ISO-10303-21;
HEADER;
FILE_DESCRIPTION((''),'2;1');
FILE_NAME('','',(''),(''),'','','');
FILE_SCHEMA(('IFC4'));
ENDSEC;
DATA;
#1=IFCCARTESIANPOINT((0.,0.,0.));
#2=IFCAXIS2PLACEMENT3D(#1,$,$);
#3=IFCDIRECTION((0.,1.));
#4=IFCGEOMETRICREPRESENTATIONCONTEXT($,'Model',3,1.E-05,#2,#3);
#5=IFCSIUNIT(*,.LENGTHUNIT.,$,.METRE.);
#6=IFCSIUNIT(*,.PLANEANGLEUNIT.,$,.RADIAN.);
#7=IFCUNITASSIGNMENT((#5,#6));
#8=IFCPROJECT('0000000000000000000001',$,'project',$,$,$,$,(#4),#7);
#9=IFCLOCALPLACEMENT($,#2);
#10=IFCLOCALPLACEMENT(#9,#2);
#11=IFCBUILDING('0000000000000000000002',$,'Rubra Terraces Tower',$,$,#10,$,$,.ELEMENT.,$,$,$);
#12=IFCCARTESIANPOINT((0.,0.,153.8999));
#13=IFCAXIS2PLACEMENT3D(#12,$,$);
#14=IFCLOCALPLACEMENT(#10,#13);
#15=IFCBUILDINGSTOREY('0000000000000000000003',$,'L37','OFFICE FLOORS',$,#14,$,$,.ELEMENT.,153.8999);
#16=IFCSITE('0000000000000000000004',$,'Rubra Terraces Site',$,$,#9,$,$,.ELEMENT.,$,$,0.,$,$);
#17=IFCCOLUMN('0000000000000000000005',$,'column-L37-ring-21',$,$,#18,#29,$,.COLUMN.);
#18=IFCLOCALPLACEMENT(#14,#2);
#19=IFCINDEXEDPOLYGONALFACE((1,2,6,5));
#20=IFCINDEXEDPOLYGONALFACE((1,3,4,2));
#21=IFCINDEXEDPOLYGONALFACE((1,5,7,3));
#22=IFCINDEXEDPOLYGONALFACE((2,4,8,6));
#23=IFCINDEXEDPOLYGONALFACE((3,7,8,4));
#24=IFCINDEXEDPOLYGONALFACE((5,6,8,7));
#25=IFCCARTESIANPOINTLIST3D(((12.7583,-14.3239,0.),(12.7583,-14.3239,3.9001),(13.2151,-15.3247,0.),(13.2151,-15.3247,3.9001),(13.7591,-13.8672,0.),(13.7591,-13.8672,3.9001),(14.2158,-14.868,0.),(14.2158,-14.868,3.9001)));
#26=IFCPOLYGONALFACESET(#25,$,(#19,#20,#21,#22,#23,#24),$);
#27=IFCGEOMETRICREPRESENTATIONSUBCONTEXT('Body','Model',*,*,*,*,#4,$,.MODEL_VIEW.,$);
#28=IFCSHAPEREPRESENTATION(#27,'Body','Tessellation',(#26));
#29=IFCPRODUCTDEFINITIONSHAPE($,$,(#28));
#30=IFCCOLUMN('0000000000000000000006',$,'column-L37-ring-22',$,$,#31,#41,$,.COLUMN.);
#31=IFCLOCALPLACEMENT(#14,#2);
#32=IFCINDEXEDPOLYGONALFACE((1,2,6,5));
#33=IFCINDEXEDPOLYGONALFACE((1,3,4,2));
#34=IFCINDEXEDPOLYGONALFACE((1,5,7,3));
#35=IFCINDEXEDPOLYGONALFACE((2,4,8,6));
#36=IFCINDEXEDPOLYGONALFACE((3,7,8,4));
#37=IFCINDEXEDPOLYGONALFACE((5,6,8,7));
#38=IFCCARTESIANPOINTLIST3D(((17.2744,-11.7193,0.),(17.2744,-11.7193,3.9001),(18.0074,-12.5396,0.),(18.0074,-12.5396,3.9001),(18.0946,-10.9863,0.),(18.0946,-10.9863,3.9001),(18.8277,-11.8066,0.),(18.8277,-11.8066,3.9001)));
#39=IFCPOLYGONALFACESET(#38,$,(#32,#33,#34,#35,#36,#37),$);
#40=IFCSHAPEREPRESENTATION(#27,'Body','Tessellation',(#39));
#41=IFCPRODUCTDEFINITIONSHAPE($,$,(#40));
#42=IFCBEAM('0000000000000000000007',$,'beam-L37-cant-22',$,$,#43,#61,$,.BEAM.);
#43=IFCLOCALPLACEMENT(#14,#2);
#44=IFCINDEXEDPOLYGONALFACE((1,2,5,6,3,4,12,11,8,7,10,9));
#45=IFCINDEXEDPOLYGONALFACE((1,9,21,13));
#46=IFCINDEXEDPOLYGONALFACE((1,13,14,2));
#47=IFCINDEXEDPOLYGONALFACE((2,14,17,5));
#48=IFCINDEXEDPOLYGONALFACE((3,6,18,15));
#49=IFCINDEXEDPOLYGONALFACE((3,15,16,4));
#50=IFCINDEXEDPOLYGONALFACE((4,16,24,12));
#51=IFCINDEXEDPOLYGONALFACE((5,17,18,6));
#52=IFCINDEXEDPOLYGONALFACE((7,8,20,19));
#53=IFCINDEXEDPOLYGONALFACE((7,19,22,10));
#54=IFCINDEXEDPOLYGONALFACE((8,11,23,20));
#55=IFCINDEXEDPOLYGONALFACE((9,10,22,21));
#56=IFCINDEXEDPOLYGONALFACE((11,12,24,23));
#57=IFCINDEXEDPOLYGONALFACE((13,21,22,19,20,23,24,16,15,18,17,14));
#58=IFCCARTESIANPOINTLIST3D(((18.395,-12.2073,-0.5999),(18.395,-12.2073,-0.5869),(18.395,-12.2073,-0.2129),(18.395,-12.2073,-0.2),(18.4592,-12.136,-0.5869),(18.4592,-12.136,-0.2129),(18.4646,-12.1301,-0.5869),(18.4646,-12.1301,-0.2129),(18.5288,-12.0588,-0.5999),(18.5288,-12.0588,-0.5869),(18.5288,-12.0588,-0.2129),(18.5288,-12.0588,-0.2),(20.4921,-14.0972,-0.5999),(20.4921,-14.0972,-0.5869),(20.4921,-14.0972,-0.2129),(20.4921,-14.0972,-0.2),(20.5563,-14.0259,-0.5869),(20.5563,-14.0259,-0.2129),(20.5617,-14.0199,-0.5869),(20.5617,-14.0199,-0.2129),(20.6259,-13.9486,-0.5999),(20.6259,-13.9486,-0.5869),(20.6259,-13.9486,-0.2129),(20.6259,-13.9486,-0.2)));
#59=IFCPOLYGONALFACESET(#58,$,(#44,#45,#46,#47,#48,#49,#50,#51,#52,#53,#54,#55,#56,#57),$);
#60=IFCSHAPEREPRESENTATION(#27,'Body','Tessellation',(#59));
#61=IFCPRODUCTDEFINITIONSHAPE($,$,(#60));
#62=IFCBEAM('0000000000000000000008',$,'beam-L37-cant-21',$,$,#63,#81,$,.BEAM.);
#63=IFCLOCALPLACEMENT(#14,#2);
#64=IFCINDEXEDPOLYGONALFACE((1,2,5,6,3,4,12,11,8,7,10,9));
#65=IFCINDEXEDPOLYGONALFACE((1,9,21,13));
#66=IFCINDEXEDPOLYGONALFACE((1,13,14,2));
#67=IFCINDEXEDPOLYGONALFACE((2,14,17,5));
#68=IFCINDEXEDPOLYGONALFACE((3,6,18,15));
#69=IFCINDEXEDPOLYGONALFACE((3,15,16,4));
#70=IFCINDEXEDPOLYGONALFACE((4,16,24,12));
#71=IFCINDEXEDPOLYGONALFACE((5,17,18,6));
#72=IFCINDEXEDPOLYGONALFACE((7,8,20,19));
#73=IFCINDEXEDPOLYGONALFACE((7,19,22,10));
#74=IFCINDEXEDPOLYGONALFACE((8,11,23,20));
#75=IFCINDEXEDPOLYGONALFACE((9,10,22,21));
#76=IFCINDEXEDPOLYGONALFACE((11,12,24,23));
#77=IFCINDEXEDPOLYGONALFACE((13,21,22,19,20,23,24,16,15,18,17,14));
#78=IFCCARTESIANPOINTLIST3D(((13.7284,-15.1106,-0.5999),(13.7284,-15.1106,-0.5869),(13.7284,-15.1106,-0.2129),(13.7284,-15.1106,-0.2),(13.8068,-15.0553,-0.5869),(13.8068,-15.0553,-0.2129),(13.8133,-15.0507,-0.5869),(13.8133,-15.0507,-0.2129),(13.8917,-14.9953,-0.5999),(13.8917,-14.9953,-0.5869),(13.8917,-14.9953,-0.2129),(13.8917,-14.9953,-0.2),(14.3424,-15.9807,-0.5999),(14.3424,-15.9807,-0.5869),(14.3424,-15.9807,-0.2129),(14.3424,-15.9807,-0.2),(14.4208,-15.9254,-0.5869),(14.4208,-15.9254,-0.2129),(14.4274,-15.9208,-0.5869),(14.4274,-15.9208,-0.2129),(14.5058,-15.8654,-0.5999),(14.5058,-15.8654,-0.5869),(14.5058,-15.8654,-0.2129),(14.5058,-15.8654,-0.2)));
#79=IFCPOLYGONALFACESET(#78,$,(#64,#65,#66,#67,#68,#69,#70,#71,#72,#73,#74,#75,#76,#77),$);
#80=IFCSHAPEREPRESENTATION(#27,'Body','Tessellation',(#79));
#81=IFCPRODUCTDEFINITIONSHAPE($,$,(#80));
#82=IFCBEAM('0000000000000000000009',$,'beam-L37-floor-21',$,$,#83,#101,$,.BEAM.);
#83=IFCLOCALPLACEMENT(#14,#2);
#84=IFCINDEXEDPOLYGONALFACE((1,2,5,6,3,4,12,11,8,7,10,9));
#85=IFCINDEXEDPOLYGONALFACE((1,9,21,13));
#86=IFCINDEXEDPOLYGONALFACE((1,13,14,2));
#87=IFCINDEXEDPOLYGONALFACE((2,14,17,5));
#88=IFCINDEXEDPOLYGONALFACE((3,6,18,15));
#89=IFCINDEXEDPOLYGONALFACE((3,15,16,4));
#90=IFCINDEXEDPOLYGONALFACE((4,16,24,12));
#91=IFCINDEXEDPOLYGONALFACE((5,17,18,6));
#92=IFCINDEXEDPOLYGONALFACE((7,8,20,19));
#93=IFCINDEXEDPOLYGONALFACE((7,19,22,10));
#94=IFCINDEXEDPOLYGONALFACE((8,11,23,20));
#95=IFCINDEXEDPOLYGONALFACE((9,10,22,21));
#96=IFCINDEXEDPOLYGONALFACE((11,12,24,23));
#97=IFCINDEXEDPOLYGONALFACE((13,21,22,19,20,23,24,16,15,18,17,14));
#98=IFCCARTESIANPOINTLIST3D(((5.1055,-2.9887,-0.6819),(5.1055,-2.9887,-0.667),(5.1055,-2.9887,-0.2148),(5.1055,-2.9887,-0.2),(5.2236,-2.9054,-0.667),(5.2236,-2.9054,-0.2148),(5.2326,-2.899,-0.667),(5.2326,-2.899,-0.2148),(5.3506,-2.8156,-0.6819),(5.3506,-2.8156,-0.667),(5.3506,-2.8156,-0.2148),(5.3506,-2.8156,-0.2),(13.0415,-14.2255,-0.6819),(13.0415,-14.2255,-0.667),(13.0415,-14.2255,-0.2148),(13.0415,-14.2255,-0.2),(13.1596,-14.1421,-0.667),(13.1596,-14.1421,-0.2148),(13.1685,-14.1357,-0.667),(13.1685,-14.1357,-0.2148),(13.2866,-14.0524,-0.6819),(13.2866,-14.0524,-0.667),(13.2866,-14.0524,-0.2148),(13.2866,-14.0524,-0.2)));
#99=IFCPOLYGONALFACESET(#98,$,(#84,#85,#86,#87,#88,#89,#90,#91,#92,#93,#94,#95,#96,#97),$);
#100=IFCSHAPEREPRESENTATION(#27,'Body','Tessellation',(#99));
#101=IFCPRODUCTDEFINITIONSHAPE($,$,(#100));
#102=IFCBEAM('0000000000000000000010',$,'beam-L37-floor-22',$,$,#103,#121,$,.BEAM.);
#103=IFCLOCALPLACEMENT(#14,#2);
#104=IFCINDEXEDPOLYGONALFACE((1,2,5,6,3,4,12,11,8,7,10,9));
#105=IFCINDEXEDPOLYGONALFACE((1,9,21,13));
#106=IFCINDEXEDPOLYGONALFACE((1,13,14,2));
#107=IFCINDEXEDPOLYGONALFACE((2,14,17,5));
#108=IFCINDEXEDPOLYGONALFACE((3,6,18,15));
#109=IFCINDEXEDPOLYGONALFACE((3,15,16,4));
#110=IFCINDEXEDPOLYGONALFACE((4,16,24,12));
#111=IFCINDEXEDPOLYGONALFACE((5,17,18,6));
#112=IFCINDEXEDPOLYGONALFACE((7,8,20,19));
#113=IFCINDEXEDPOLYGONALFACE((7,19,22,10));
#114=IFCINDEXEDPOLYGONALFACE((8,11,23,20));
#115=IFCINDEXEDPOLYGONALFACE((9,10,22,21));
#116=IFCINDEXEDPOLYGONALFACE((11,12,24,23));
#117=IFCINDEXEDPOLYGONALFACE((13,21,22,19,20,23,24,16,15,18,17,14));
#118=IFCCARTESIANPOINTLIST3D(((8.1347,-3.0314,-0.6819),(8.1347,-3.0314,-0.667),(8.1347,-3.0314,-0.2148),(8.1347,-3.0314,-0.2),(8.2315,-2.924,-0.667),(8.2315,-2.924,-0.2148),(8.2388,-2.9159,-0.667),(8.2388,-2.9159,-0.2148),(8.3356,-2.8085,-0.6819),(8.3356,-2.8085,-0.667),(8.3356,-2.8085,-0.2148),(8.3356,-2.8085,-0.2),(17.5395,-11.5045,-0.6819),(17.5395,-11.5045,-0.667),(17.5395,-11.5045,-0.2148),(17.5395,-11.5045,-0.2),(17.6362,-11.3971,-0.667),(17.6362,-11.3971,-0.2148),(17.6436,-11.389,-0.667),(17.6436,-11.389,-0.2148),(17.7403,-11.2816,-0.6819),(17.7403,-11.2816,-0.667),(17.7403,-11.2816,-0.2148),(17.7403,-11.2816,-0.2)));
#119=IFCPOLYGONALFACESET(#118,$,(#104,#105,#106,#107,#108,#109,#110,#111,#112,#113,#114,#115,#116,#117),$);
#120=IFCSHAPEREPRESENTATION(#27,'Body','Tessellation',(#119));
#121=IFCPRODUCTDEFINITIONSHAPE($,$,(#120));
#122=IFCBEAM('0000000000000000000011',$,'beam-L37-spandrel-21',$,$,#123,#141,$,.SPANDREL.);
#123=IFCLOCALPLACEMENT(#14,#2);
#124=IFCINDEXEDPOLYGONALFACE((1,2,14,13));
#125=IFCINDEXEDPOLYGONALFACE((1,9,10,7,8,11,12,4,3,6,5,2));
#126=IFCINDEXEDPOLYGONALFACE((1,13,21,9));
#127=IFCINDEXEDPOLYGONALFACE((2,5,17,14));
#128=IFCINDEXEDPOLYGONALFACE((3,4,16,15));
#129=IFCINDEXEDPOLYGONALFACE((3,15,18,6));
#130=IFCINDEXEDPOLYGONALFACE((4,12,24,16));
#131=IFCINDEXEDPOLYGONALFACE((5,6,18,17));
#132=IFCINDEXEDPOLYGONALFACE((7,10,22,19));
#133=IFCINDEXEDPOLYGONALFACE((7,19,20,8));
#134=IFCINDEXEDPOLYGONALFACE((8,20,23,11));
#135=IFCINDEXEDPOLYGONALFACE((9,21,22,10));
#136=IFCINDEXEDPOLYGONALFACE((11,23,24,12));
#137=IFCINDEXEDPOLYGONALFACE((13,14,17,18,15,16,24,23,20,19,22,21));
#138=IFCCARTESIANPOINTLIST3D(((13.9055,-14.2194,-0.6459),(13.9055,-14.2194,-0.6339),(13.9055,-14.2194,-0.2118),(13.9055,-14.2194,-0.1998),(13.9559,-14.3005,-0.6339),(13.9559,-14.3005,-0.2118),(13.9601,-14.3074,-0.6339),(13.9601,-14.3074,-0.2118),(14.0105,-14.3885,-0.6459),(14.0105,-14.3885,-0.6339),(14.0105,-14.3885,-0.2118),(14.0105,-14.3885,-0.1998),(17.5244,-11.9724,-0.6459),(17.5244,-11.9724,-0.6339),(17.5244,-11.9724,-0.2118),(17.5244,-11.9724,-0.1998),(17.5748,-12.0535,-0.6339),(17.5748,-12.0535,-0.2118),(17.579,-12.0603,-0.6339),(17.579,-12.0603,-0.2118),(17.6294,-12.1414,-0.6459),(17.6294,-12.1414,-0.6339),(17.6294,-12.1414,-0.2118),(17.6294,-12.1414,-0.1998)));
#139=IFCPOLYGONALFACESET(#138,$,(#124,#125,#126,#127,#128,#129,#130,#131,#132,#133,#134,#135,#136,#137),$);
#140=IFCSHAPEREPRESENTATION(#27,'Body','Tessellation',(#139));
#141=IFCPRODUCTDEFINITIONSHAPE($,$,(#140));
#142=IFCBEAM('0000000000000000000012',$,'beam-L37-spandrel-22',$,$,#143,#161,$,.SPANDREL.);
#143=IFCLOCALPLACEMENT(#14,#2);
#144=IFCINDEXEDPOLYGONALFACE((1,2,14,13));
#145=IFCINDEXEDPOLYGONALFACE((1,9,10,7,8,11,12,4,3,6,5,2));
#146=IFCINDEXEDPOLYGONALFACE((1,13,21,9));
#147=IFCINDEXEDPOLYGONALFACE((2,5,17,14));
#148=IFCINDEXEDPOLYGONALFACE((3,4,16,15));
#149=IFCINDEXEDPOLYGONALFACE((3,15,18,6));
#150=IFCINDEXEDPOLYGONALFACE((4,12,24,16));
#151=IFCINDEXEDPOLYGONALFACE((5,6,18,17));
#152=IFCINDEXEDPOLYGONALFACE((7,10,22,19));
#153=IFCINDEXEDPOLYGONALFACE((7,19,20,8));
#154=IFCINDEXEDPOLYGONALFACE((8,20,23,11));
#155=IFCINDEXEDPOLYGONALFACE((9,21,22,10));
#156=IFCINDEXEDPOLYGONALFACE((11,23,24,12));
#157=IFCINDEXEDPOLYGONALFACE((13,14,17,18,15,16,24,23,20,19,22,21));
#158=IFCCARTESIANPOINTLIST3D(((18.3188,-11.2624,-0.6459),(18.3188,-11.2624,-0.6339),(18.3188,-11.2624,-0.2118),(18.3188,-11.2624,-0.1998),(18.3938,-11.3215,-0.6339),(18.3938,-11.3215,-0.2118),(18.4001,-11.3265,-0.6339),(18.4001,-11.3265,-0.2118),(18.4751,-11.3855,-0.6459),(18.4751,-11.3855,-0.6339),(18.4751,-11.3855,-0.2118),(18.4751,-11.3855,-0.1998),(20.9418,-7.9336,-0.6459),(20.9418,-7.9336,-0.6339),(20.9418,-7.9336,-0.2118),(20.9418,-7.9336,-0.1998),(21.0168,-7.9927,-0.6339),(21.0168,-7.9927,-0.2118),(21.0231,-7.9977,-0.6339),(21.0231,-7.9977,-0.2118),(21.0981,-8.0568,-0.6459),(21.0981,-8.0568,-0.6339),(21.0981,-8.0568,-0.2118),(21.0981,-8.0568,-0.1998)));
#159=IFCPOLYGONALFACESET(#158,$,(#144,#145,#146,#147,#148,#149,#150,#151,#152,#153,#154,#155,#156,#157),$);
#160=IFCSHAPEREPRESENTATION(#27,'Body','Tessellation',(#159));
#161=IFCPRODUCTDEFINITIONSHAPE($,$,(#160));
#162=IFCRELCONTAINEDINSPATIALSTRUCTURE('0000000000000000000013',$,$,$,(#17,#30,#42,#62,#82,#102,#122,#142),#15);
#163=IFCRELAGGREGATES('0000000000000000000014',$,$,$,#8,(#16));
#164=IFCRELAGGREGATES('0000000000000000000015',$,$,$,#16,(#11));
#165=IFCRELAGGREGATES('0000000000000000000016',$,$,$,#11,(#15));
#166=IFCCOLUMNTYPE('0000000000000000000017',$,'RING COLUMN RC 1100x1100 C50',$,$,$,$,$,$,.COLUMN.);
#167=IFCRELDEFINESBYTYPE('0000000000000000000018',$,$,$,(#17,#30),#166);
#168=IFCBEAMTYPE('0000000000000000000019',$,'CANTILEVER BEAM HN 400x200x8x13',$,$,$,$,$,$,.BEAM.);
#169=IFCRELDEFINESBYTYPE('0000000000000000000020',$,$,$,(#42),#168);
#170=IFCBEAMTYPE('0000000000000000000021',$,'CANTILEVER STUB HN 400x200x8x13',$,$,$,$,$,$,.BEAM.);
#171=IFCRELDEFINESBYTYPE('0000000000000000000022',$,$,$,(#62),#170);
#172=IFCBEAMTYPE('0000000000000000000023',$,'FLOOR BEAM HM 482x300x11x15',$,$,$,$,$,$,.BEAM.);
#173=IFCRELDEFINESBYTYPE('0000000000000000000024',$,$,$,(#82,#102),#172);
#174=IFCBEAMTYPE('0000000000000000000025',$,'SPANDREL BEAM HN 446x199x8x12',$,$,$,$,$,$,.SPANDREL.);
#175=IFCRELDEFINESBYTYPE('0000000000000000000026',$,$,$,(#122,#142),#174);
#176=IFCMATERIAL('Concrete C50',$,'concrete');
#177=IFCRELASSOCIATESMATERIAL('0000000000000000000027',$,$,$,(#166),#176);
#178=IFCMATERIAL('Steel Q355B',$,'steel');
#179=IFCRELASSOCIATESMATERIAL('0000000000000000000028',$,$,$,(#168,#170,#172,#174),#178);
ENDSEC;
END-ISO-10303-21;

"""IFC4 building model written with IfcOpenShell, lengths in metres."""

from ifc_helpers import new_model, si_unit, direction, frame, origin, origin_2d, place, context, subcontext, project, spatial, rectangle, i_section, extrude, material, material_profile, profile_set, type_object, element, save


model = new_model("IFC4")

# Units and contexts
model_context = context("Model", 3, precision=1e-05, world=origin(), true_north=direction((0.0, 1.0)))
body_context = subcontext(model_context, "Body", "Model", "MODEL_VIEW")
ifc_project = project(units=[si_unit("LENGTHUNIT", "METRE"), si_unit("PLANEANGLEUNIT", "RADIAN")], contexts=[model_context])

# Site, building, storey
site_placement = place(None, origin())
site = spatial("IfcSite", under=ifc_project, at=site_placement, Name="Rubra Terraces Site", CompositionType="ELEMENT", RefElevation=0.0)
building_placement = place(site_placement, origin())
building = spatial("IfcBuilding", under=site, at=building_placement, Name="Rubra Terraces Tower", CompositionType="ELEMENT")
storey_placement = place(building_placement, frame((0.0, 0.0, 153.8999)))
storey = spatial("IfcBuildingStorey", under=building, at=storey_placement, Name="L37", Description="OFFICE FLOORS", CompositionType="ELEMENT", Elevation=153.8999)

# Columns
ifc_material_1 = material(Name="Concrete C50", Category="concrete")
ifc_material_profile_1 = material_profile(ifc_material_1, rectangle(XDim=1.1001, YDim=1.1001, at=origin_2d()), Name="RC 1100x1100")
ifc_profile_set_1 = profile_set([ifc_material_profile_1], Name="Concrete C50")
column_type = type_object("IfcColumnType", Name="RING COLUMN RC 1100x1100 C50", PredefinedType="COLUMN", material=ifc_profile_set_1)
for number, where, z_axis, x_axis, name in (
    (1, (13.4871, -14.5959, 0.0), (0.0, 0.0, 1.0), (0.909726, 0.415208, 0.0), "column-L37-ring-21"),
    (2, (18.051, -11.7629, 0.0), (0.0, 0.0, 1.0), (0.745642, 0.666347, 0.0), "column-L37-ring-22"),
):
    element("IfcColumn", number, at=place(storey_placement, frame(where, z_axis=z_axis, x_axis=x_axis)), inside=storey, type_object=column_type, Name=name, PredefinedType="COLUMN", context=body_context, shape_type="SweptSolid", body=[
        extrude(rectangle(XDim=1.1001, YDim=1.1001, at=origin_2d()), origin(), (0.0, 0.0, 1.0), 3.9001),
    ])

# Beams
ifc_material_2 = material(Name="Steel Q355B", Category="steel")
ifc_material_profile_2 = material_profile(ifc_material_2, i_section(OverallWidth=0.2, OverallDepth=0.3999, WebThickness=0.0081, FlangeThickness=0.0129, at=origin_2d()), Name="HN 400x200x8x13")
ifc_profile_set_2 = profile_set([ifc_material_profile_2], Name="Steel Q355B")
beam_type_1 = type_object("IfcBeamType", Name="CANTILEVER BEAM HN 400x200x8x13", PredefinedType="BEAM", material=ifc_profile_set_2)
beam_1_placement = place(storey_placement, frame((18.4619, -12.1331, -0.3999), z_axis=(0.742864, -0.669442, 0.0), x_axis=(0.669442, 0.742864, 0.0)))
element("IfcBeam", 3, at=beam_1_placement, inside=storey, type_object=beam_type_1, Name="beam-L37-cant-22", PredefinedType="BEAM", context=body_context, shape_type="SweptSolid", body=[
    extrude(i_section(OverallWidth=0.2, OverallDepth=0.3999, WebThickness=0.0081, FlangeThickness=0.0129, at=origin_2d()), origin(), (0.0, 0.0, 1.0), 2.823),
])
ifc_material_profile_3 = material_profile(ifc_material_2, i_section(OverallWidth=0.2, OverallDepth=0.3999, WebThickness=0.0081, FlangeThickness=0.0129, at=origin_2d()), Name="HN 400x200x8x13")
ifc_profile_set_3 = profile_set([ifc_material_profile_3], Name="Steel Q355B")
beam_type_2 = type_object("IfcBeamType", Name="CANTILEVER STUB HN 400x200x8x13", PredefinedType="BEAM", material=ifc_profile_set_3)
beam_2_placement = place(storey_placement, frame((13.8101, -15.053, -0.3999), z_axis=(0.576566, -0.81705, 0.0), x_axis=(0.81705, 0.576566, 0.0)))
element("IfcBeam", 4, at=beam_2_placement, inside=storey, type_object=beam_type_2, Name="beam-L37-cant-21", PredefinedType="BEAM", context=body_context, shape_type="SweptSolid", body=[
    extrude(i_section(OverallWidth=0.2, OverallDepth=0.3999, WebThickness=0.0081, FlangeThickness=0.0129, at=origin_2d()), origin(), (0.0, 0.0, 1.0), 1.0649),
])
ifc_material_profile_4 = material_profile(ifc_material_2, i_section(OverallWidth=0.3, OverallDepth=0.4819, WebThickness=0.011, FlangeThickness=0.0149, at=origin_2d()), Name="HM 482x300x11x15")
ifc_profile_set_4 = profile_set([ifc_material_profile_4], Name="Steel Q355B")
beam_type_3 = type_object("IfcBeamType", Name="FLOOR BEAM HM 482x300x11x15", PredefinedType="BEAM", material=ifc_profile_set_4)
beam_3_placement = place(storey_placement, frame((13.1641, -14.1389, -0.4409), z_axis=(-0.576885, 0.816825, 0.0), x_axis=(-0.816825, -0.576885, 0.0)))
element("IfcBeam", 5, at=beam_3_placement, inside=storey, type_object=beam_type_3, Name="beam-L37-floor-21", PredefinedType="BEAM", context=body_context, shape_type="SweptSolid", body=[
    extrude(i_section(OverallWidth=0.3, OverallDepth=0.4819, WebThickness=0.011, FlangeThickness=0.0149, at=origin_2d()), origin(), (0.0, 0.0, 1.0), 13.7566),
])
beam_4_placement = place(storey_placement, frame((17.6399, -11.3931, -0.4409), z_axis=(-0.742947, 0.66935, 0.0), x_axis=(-0.66935, -0.742947, 0.0)))
element("IfcBeam", 6, at=beam_4_placement, inside=storey, type_object=beam_type_3, Name="beam-L37-floor-22", PredefinedType="BEAM", context=body_context, shape_type="SweptSolid", body=[
    extrude(i_section(OverallWidth=0.3, OverallDepth=0.4819, WebThickness=0.011, FlangeThickness=0.0149, at=origin_2d()), origin(), (0.0, 0.0, 1.0), 12.6587),
])
ifc_material_profile_5 = material_profile(ifc_material_2, i_section(OverallWidth=0.199, OverallDepth=0.446, WebThickness=0.0081, FlangeThickness=0.012, at=origin_2d()), Name="HN 446x199x8x12")
ifc_profile_set_5 = profile_set([ifc_material_profile_5], Name="Steel Q355B")
beam_type_4 = type_object("IfcBeamType", Name="SPANDREL BEAM HN 446x199x8x12", PredefinedType="SPANDREL", material=ifc_profile_set_5)
beam_5_placement = place(storey_placement, frame((13.958, -14.304, -0.4229), z_axis=(0.84955, 0.527508, 0.0), x_axis=(-0.527508, 0.84955, 0.0)))
element("IfcBeam", 7, at=beam_5_placement, inside=storey, type_object=beam_type_4, Name="beam-L37-spandrel-21", PredefinedType="SPANDREL", context=body_context, shape_type="SweptSolid", body=[
    extrude(i_section(OverallWidth=0.199, OverallDepth=0.446, WebThickness=0.0081, FlangeThickness=0.012, at=origin_2d()), origin(), (0.0, 0.0, 1.0), 4.2598),
])
beam_6_placement = place(storey_placement, frame((18.397, -11.324, -0.4229), z_axis=(0.618917, 0.785456, 0.0), x_axis=(-0.785456, 0.618917, 0.0)))
element("IfcBeam", 8, at=beam_6_placement, inside=storey, type_object=beam_type_4, Name="beam-L37-spandrel-22", PredefinedType="SPANDREL", context=body_context, shape_type="SweptSolid", body=[
    extrude(i_section(OverallWidth=0.199, OverallDepth=0.446, WebThickness=0.0081, FlangeThickness=0.012, at=origin_2d()), origin(), (0.0, 0.0, 1.0), 4.238),
])

save(model, "model.ifc")
